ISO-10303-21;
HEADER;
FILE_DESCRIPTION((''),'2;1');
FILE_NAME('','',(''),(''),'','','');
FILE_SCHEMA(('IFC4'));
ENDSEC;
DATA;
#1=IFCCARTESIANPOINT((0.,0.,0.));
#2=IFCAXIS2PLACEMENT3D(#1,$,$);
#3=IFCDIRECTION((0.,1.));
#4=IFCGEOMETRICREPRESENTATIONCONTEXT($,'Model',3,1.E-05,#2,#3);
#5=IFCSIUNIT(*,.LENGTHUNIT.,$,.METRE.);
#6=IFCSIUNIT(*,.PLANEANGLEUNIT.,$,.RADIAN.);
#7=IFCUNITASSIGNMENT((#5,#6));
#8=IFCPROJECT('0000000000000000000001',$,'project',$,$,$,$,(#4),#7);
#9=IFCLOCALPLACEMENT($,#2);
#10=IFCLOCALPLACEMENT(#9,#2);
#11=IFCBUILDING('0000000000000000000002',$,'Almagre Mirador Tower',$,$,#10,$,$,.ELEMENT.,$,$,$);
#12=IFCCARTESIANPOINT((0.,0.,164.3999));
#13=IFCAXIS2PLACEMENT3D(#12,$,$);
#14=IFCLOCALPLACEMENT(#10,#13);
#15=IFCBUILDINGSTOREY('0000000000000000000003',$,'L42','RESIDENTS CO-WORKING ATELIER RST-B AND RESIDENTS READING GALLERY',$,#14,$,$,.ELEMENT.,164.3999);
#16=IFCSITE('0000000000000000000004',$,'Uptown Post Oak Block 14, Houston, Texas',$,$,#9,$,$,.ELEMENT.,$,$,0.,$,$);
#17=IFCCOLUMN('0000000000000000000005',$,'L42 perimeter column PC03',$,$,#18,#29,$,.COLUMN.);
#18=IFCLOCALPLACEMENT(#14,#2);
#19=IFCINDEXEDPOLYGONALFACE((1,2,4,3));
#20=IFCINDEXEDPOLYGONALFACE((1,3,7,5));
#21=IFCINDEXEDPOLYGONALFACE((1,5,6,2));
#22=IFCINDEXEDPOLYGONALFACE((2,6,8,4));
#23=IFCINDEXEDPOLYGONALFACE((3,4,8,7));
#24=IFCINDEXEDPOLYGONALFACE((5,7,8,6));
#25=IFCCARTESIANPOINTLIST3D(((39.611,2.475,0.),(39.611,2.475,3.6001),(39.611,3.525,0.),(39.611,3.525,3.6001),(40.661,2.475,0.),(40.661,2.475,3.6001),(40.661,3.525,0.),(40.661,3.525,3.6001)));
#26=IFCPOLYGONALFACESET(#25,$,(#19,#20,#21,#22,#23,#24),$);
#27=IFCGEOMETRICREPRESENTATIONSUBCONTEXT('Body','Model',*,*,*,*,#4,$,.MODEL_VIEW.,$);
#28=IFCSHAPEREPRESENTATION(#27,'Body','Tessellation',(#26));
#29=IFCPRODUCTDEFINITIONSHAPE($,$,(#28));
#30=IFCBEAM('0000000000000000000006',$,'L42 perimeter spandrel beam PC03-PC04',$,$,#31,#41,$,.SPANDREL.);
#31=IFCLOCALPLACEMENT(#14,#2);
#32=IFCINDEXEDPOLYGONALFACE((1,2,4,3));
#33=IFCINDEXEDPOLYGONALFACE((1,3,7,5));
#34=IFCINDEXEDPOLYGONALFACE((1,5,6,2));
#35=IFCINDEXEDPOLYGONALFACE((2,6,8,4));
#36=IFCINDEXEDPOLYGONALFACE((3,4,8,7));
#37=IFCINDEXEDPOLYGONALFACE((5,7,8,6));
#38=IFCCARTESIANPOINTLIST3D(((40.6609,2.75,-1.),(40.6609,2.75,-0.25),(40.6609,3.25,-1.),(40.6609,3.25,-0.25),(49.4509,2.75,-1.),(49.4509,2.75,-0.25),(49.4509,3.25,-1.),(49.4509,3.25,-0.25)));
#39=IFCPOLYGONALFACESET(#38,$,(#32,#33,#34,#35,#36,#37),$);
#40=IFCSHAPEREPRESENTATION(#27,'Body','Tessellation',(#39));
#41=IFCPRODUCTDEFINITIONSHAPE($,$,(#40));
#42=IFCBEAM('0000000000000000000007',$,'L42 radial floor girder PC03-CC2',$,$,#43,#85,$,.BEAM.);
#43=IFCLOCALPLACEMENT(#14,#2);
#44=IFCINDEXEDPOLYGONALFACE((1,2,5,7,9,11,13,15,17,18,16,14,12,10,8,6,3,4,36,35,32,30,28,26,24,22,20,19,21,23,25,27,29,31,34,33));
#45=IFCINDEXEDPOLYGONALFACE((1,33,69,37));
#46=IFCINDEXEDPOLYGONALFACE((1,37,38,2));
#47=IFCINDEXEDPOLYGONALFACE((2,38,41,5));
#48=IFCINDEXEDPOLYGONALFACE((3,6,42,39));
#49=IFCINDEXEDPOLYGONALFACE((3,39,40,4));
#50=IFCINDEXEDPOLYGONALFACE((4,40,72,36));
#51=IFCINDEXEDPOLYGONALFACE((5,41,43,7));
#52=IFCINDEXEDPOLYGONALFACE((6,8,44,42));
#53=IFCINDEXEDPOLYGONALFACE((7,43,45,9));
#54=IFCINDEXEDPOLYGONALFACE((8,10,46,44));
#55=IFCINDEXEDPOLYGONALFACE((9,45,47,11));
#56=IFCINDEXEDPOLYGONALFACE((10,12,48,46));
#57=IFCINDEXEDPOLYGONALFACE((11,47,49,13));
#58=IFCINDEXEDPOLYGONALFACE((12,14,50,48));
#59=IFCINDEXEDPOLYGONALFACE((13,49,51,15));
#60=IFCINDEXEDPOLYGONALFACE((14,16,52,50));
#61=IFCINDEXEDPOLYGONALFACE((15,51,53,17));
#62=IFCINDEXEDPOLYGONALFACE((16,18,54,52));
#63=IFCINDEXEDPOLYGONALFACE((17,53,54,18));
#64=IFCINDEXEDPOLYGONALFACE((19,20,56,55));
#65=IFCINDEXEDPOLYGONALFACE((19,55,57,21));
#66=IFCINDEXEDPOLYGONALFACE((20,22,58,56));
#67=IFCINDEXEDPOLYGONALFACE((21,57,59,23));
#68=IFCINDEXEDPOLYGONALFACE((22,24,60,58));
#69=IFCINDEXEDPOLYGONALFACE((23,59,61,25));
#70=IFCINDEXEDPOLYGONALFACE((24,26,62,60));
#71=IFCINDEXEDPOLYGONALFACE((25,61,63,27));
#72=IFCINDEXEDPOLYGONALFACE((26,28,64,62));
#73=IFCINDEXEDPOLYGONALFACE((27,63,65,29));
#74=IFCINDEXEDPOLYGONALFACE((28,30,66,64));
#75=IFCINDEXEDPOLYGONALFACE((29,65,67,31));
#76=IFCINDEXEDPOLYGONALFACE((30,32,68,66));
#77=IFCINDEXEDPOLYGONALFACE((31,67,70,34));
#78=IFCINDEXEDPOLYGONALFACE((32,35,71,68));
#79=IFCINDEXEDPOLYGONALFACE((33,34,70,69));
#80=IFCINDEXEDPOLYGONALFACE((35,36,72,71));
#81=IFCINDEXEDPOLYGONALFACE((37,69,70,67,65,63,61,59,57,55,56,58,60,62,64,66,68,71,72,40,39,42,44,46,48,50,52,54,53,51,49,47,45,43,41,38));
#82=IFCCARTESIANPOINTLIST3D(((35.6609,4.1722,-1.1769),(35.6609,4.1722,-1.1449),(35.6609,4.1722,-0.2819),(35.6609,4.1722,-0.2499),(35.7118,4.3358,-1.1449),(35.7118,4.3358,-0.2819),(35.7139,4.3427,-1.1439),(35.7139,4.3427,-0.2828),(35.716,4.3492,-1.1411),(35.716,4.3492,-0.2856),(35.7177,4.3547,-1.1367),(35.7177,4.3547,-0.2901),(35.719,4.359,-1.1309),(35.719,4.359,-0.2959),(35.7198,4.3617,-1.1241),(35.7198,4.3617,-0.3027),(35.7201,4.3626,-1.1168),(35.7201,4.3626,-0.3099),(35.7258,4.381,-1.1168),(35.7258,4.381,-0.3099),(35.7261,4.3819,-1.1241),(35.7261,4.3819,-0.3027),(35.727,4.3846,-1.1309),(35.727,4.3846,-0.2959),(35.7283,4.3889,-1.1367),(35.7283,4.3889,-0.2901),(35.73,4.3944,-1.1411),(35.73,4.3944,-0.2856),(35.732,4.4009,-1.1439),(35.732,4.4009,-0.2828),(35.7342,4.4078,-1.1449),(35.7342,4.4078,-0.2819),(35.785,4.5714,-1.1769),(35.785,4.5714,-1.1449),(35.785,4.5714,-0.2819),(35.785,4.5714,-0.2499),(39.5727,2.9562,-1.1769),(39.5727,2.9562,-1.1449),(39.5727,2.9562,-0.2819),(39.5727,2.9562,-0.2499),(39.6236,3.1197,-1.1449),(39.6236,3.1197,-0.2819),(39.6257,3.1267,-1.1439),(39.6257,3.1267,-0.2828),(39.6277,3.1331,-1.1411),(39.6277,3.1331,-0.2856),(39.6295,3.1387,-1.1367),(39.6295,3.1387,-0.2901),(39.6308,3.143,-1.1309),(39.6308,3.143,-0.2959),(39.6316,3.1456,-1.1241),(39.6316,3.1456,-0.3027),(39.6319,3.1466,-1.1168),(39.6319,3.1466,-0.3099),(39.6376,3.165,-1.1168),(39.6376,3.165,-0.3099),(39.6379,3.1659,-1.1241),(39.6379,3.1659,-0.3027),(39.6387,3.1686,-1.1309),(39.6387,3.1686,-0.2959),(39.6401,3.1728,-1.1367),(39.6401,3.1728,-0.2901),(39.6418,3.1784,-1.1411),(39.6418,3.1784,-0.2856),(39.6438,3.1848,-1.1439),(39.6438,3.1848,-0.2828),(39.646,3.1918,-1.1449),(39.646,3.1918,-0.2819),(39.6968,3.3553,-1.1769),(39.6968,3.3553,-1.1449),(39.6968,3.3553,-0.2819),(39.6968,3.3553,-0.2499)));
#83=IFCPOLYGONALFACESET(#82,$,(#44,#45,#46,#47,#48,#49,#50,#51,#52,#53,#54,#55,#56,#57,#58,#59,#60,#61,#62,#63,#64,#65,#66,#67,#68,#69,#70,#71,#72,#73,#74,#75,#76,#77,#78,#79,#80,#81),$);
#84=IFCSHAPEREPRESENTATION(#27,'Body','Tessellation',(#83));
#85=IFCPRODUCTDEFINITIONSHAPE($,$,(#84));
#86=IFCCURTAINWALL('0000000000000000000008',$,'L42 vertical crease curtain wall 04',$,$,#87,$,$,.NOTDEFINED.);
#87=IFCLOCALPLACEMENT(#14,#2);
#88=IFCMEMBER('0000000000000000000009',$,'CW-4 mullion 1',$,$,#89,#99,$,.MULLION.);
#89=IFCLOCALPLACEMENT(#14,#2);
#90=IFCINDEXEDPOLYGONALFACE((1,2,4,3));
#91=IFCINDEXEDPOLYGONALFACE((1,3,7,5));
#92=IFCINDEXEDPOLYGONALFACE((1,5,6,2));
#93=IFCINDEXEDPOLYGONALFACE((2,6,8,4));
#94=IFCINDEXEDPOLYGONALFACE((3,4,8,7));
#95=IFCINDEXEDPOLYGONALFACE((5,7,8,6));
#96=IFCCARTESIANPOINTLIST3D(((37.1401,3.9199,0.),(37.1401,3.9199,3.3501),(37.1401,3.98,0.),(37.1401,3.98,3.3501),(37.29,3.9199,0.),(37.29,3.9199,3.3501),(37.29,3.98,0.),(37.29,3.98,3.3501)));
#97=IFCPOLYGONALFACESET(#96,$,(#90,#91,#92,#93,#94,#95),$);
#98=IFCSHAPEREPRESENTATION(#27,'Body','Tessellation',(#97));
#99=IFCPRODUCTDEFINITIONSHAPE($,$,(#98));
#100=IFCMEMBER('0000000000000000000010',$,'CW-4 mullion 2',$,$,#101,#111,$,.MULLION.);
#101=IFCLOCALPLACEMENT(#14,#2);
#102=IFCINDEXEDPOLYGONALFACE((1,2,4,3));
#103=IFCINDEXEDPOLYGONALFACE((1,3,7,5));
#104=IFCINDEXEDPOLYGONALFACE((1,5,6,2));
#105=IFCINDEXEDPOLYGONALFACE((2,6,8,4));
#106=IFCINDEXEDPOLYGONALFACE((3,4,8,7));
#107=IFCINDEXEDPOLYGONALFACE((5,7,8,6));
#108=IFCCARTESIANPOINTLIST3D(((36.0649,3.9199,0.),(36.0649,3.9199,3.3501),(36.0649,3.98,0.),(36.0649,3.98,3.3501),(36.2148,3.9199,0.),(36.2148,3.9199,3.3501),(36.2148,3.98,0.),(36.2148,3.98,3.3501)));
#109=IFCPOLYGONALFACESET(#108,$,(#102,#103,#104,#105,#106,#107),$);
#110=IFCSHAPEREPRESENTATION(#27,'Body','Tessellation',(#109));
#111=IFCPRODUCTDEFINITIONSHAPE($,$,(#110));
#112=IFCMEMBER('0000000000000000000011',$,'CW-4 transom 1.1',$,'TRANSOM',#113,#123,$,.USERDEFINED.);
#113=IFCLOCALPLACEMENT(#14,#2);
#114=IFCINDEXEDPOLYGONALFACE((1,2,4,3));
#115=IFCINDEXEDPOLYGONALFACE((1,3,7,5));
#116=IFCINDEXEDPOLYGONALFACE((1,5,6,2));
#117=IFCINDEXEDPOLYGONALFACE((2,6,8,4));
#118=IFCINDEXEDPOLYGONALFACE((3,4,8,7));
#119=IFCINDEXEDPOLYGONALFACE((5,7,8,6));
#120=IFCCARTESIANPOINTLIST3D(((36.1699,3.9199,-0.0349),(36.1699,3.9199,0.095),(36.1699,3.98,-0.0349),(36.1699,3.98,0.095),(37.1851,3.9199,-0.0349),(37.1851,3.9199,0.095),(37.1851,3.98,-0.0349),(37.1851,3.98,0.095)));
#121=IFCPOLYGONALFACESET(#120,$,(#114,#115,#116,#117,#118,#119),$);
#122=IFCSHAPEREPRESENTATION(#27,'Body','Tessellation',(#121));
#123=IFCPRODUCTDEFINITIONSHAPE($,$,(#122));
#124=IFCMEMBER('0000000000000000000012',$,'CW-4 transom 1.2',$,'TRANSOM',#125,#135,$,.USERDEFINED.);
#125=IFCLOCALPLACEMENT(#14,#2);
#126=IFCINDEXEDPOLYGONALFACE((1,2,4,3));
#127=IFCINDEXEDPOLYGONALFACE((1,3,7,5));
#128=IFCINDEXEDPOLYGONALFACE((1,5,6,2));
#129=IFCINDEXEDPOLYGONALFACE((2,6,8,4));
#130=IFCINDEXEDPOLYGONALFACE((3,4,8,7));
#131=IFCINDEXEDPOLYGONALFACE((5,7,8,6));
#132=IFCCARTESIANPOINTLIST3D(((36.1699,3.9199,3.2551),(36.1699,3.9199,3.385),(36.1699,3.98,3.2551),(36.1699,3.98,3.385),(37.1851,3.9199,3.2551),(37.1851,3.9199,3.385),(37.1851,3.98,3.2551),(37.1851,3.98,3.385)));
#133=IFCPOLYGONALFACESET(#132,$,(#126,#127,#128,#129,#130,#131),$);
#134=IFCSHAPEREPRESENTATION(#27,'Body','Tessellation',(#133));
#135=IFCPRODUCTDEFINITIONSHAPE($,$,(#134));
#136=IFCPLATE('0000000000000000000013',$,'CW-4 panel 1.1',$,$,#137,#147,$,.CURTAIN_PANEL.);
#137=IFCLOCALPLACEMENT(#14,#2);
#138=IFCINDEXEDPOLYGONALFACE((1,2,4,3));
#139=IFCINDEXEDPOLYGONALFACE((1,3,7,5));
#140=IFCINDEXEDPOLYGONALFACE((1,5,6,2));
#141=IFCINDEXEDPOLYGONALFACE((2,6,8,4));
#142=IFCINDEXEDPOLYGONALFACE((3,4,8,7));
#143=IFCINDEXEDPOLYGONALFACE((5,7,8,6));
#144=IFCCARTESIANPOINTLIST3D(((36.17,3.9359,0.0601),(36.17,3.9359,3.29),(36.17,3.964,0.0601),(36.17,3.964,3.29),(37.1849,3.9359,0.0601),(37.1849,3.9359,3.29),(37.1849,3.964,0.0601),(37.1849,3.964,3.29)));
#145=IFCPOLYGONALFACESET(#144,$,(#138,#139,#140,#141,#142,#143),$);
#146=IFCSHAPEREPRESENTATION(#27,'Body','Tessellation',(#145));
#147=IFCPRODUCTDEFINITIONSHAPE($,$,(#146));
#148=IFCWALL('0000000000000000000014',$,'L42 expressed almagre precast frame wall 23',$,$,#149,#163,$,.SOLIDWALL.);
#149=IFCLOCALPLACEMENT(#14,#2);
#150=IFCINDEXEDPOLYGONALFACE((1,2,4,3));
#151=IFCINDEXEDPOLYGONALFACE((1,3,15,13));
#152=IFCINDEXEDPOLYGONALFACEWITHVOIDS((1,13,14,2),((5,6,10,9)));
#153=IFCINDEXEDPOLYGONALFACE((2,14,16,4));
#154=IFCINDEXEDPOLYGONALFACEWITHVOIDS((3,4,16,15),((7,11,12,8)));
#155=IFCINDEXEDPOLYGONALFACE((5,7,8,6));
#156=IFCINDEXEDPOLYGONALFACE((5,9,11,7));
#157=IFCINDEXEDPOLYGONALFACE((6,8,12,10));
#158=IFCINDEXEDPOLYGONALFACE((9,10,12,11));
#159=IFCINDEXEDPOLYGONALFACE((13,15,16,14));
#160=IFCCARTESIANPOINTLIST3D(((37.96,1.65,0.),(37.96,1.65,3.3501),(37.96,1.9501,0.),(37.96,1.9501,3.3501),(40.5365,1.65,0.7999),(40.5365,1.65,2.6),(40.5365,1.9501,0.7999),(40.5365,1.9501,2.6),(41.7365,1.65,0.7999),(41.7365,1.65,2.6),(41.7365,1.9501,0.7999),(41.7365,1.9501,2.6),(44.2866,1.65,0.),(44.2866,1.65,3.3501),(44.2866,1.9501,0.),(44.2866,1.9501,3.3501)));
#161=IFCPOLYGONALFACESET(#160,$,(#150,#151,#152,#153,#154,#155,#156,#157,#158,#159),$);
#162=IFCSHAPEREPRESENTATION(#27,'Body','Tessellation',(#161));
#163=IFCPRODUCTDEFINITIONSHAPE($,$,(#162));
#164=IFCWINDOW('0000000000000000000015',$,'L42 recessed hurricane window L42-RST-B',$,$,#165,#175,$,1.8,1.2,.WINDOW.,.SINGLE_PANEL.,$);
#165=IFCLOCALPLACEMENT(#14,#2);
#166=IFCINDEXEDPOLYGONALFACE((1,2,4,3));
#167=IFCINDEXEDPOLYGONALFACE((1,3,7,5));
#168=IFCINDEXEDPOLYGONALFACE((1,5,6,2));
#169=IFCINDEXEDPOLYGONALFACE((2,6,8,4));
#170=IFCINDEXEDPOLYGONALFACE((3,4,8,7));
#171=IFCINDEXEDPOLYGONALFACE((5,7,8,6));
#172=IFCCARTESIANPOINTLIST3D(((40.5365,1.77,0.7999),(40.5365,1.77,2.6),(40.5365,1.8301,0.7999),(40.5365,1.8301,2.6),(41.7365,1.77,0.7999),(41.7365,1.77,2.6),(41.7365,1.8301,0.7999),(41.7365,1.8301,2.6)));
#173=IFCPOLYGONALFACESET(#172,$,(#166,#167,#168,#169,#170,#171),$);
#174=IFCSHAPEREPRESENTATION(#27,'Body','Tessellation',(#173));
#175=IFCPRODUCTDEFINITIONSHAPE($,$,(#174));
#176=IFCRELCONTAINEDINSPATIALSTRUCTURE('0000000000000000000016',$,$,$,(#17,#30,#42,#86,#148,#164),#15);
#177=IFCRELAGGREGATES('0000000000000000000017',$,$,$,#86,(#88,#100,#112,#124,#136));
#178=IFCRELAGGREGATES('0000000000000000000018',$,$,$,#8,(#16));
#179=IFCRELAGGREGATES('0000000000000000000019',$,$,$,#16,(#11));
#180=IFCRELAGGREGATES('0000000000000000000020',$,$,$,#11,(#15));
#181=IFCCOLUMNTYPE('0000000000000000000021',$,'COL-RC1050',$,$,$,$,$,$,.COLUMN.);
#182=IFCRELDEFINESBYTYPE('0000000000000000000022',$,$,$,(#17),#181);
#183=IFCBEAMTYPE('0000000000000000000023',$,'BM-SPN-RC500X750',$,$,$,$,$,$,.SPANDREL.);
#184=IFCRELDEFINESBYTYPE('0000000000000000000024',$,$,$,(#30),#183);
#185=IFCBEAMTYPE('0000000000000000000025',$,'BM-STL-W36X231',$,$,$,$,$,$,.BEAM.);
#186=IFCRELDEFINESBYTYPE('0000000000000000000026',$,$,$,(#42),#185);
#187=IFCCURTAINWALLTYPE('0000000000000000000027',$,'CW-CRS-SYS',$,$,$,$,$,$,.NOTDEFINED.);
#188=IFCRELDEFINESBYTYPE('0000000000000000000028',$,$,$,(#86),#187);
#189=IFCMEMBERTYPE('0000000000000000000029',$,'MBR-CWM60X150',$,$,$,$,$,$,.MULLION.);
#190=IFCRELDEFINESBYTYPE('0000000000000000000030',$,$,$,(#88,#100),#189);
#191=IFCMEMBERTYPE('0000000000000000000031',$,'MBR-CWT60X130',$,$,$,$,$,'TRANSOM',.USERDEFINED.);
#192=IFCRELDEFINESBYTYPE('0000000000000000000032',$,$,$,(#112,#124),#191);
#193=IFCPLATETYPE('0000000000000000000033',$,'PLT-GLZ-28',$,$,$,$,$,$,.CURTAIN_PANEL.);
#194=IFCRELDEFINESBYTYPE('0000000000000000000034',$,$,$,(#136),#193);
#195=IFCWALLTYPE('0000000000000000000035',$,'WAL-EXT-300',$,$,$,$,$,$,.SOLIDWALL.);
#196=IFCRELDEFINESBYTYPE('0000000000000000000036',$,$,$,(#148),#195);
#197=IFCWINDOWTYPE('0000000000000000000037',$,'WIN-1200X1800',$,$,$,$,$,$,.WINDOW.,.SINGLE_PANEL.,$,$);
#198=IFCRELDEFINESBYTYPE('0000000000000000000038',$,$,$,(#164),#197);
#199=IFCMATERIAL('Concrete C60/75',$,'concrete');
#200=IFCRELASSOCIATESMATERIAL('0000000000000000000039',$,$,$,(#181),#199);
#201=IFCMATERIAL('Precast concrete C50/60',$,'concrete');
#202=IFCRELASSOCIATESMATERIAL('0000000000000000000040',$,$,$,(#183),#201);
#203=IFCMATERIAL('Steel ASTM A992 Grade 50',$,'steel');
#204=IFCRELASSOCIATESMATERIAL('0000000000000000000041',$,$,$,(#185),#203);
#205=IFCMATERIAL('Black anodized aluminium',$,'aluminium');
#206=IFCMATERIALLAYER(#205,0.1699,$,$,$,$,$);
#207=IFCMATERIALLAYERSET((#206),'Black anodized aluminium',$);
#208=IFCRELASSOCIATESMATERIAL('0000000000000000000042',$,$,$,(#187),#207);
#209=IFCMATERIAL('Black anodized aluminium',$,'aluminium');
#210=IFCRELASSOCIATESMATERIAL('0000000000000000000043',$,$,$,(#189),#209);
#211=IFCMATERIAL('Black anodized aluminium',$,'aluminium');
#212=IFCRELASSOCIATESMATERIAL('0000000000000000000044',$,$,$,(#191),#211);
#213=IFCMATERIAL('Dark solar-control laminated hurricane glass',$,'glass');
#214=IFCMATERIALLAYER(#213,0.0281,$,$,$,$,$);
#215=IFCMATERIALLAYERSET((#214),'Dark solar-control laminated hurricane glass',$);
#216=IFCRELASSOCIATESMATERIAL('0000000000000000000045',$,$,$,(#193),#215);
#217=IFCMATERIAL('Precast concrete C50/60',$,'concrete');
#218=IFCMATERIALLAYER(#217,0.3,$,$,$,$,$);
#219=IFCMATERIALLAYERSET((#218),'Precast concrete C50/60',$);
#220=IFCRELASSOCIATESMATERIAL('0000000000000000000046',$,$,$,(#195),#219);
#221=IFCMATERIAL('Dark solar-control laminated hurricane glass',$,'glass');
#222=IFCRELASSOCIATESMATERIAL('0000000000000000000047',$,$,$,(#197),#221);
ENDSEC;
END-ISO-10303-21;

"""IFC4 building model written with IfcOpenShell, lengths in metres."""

from ifc_helpers import new_model, si_unit, direction, frame, frame_2d, origin, origin_2d, place, context, subcontext, project, spatial, rectangle, i_section, extrude, material, layer, layer_set, material_profile, profile_set, type_object, element, fill, aggregate, save


model = new_model("IFC4")

# Units and contexts
model_context = context("Model", 3, precision=1e-05, world=origin(), true_north=direction((0.0, 1.0)))
body_context = subcontext(model_context, "Body", "Model", "MODEL_VIEW")
ifc_project = project(units=[si_unit("LENGTHUNIT", "METRE"), si_unit("PLANEANGLEUNIT", "RADIAN")], contexts=[model_context])

# Site, building, storey
site_placement = place(None, origin())
site = spatial("IfcSite", under=ifc_project, at=site_placement, Name="Uptown Post Oak Block 14, Houston, Texas", CompositionType="ELEMENT", RefElevation=0.0)
building_placement = place(site_placement, origin())
building = spatial("IfcBuilding", under=site, at=building_placement, Name="Almagre Mirador Tower", CompositionType="ELEMENT")
storey_placement = place(building_placement, frame((0.0, 0.0, 164.3999)))
storey = spatial("IfcBuildingStorey", under=building, at=storey_placement, Name="L42", Description="RESIDENTS CO-WORKING ATELIER RST-B AND RESIDENTS READING GALLERY", CompositionType="ELEMENT", Elevation=164.3999)

# Column
ifc_material_1 = material(Name="Concrete C60/75", Category="concrete")
ifc_material_profile_1 = material_profile(ifc_material_1, rectangle(XDim=1.05, YDim=1.05, at=origin_2d()), Name="RC1050X1050")
ifc_profile_set_1 = profile_set([ifc_material_profile_1], Name="Concrete C60/75")
column_type = type_object("IfcColumnType", Name="COL-RC1050", PredefinedType="COLUMN", material=ifc_profile_set_1)
column_placement = place(storey_placement, frame((40.136, 3.0, 0.0), z_axis=(0.0, 0.0, 1.0), x_axis=(1.0, 0.0, 0.0)))
element("IfcColumn", 1, at=column_placement, inside=storey, type_object=column_type, Name="L42 perimeter column PC03", PredefinedType="COLUMN", context=body_context, shape_type="SweptSolid", body=[
    extrude(rectangle(XDim=1.05, YDim=1.05, at=origin_2d()), origin(), (0.0, 0.0, 1.0), 3.6001),
])

# Beams
ifc_material_2 = material(Name="Precast concrete C50/60", Category="concrete")
ifc_material_profile_2 = material_profile(ifc_material_2, rectangle(XDim=0.5, YDim=0.75, at=origin_2d()), Name="RC500X750")
ifc_profile_set_2 = profile_set([ifc_material_profile_2], Name="Precast concrete C50/60")
beam_type_1 = type_object("IfcBeamType", Name="BM-SPN-RC500X750", PredefinedType="SPANDREL", material=ifc_profile_set_2)
beam_1_placement = place(storey_placement, frame((40.6609, 3.0, -0.625), z_axis=(1.0, 0.0, 0.0), x_axis=(0.0, 1.0, 0.0)))
element("IfcBeam", 2, at=beam_1_placement, inside=storey, type_object=beam_type_1, Name="L42 perimeter spandrel beam PC03-PC04", PredefinedType="SPANDREL", context=body_context, shape_type="SweptSolid", body=[
    extrude(rectangle(XDim=0.5, YDim=0.75, at=origin_2d()), origin(), (0.0, 0.0, 1.0), 8.79),
])
ifc_material_3 = material(Name="Steel ASTM A992 Grade 50", Category="steel")
ifc_material_profile_3 = material_profile(ifc_material_3, i_section(OverallWidth=0.418, OverallDepth=0.927, WebThickness=0.0193, FlangeThickness=0.032, FilletRadius=0.0281, at=origin_2d()), Name="W36X231")
ifc_profile_set_3 = profile_set([ifc_material_profile_3], Name="Steel ASTM A992 Grade 50")
beam_type_2 = type_object("IfcBeamType", Name="BM-STL-W36X231", PredefinedType="BEAM", material=ifc_profile_set_3)
beam_2_placement = place(storey_placement, frame((39.6348, 3.1558, -0.7134), z_axis=(-0.954923, 0.296853, 0.0), x_axis=(-0.296853, -0.954923, 0.0)))
element("IfcBeam", 3, at=beam_2_placement, inside=storey, type_object=beam_type_2, Name="L42 radial floor girder PC03-CC2", PredefinedType="BEAM", context=body_context, shape_type="SweptSolid", body=[
    extrude(i_section(OverallWidth=0.418, OverallDepth=0.927, WebThickness=0.0193, FlangeThickness=0.032, FilletRadius=0.0281, at=origin_2d()), origin(), (0.0, 0.0, 1.0), 4.0964),
])

# Curtain wall, members, plate
ifc_material_4 = material(Name="Black anodized aluminium", Category="aluminium")
ifc_layer_1 = layer(ifc_material_4, 0.1699)
ifc_layer_set_1 = layer_set([ifc_layer_1], Name="Black anodized aluminium")
curtain_wall_type = type_object("IfcCurtainWallType", Name="CW-CRS-SYS", PredefinedType="NOTDEFINED", material=ifc_layer_set_1)
curtain_wall_placement = place(storey_placement, origin())
curtain_wall = element("IfcCurtainWall", 4, at=curtain_wall_placement, inside=storey, type_object=curtain_wall_type, Name="L42 vertical crease curtain wall 04", PredefinedType="NOTDEFINED")
ifc_material_5 = material(Name="Black anodized aluminium", Category="aluminium")
ifc_material_profile_4 = material_profile(ifc_material_5, rectangle(XDim=0.0601, YDim=0.1499, at=origin_2d()), Name="CWM60X150")
ifc_profile_set_4 = profile_set([ifc_material_profile_4], Name="Black anodized aluminium")
member_type_1 = type_object("IfcMemberType", Name="MBR-CWM60X150", PredefinedType="MULLION", material=ifc_profile_set_4)
member_1_placement = place(storey_placement, frame((37.2151, 3.95, 0.0), z_axis=(0.0, 0.0, 1.0), x_axis=(0.0, -1.0, 0.0)))
member_1 = element("IfcMember", 5, at=member_1_placement, type_object=member_type_1, Name="CW-4 mullion 1", PredefinedType="MULLION", context=body_context, shape_type="SweptSolid", body=[
    extrude(rectangle(XDim=0.0601, YDim=0.1499, at=origin_2d()), origin(), (0.0, 0.0, 1.0), 3.3501),
])
member_2_placement = place(storey_placement, frame((36.1399, 3.95, 0.0), z_axis=(0.0, 0.0, 1.0), x_axis=(0.0, -1.0, 0.0)))
member_2 = element("IfcMember", 6, at=member_2_placement, type_object=member_type_1, Name="CW-4 mullion 2", PredefinedType="MULLION", context=body_context, shape_type="SweptSolid", body=[
    extrude(rectangle(XDim=0.0601, YDim=0.1499, at=origin_2d()), origin(), (0.0, 0.0, 1.0), 3.3501),
])
ifc_material_6 = material(Name="Black anodized aluminium", Category="aluminium")
ifc_material_profile_5 = material_profile(ifc_material_6, rectangle(XDim=0.0601, YDim=0.1299, at=origin_2d()), Name="CWT60X130")
ifc_profile_set_5 = profile_set([ifc_material_profile_5], Name="Black anodized aluminium")
member_type_2 = type_object("IfcMemberType", Name="MBR-CWT60X130", ElementType="TRANSOM", PredefinedType="USERDEFINED", material=ifc_profile_set_5)
member_3_placement = place(storey_placement, frame((37.1851, 3.95, 0.03), z_axis=(-1.0, 0.0, 0.0), x_axis=(0.0, -1.0, 0.0)))
member_3 = element("IfcMember", 7, at=member_3_placement, type_object=member_type_2, Name="CW-4 transom 1.1", ObjectType="TRANSOM", PredefinedType="USERDEFINED", context=body_context, shape_type="SweptSolid", body=[
    extrude(rectangle(XDim=0.0601, YDim=0.1299, at=origin_2d()), origin(), (0.0, 0.0, 1.0), 1.0151),
])
member_4_placement = place(storey_placement, frame((37.1851, 3.95, 3.3201), z_axis=(-1.0, 0.0, 0.0), x_axis=(0.0, -1.0, 0.0)))
member_4 = element("IfcMember", 8, at=member_4_placement, type_object=member_type_2, Name="CW-4 transom 1.2", ObjectType="TRANSOM", PredefinedType="USERDEFINED", context=body_context, shape_type="SweptSolid", body=[
    extrude(rectangle(XDim=0.0601, YDim=0.1299, at=origin_2d()), origin(), (0.0, 0.0, 1.0), 1.0151),
])
ifc_material_7 = material(Name="Dark solar-control laminated hurricane glass", Category="glass")
ifc_layer_2 = layer(ifc_material_7, 0.0281)
ifc_layer_set_2 = layer_set([ifc_layer_2], Name="Dark solar-control laminated hurricane glass")
plate_type = type_object("IfcPlateType", Name="PLT-GLZ-28", PredefinedType="CURTAIN_PANEL", material=ifc_layer_set_2)
plate_placement = place(storey_placement, frame((36.6775, 3.95, 0.0601), z_axis=(0.0, 0.0, 1.0), x_axis=(-1.0, 0.0, 0.0)))
plate = element("IfcPlate", 9, at=plate_placement, type_object=plate_type, Name="CW-4 panel 1.1", PredefinedType="CURTAIN_PANEL", context=body_context, shape_type="SweptSolid", body=[
    extrude(rectangle(XDim=1.0149, YDim=0.0281, at=origin_2d()), origin(), (0.0, 0.0, 1.0), 3.23),
])
aggregate(curtain_wall, [member_1, member_2, member_3, member_4, plate])

# Wall, opening, window
ifc_material_8 = material(Name="Precast concrete C50/60", Category="concrete")
ifc_layer_3 = layer(ifc_material_8, 0.3)
ifc_layer_set_3 = layer_set([ifc_layer_3], Name="Precast concrete C50/60")
wall_type_1 = type_object("IfcWallType", Name="WAL-EXT-300", PredefinedType="SOLIDWALL", material=ifc_layer_set_3)
wall_1_placement = place(storey_placement, frame((44.2866, 1.8, 0.0), z_axis=(0.0, 0.0, 1.0), x_axis=(-1.0, 0.0, 0.0)))
wall_1 = element("IfcWall", 10, at=wall_1_placement, inside=storey, type_object=wall_type_1, Name="L42 expressed almagre precast frame wall 23", PredefinedType="SOLIDWALL", context=body_context, shape_type="SweptSolid", body=[
    extrude(rectangle(XDim=6.3267, YDim=0.3, at=frame_2d((3.1633, 0.0))), origin(), (0.0, 0.0, 1.0), 3.3501),
])
opening_1_placement = place(wall_1_placement, frame((2.55, 0.0, 0.8)))
opening_1 = element("IfcOpeningElement", 11, at=opening_1_placement, cuts=wall_1, PredefinedType="OPENING", context=body_context, shape_type="SweptSolid", body=[
    extrude(rectangle(XDim=1.2, YDim=1.8, at=frame_2d((0.6001, 0.8999))), frame((0.0, 0.1599, 0.0), z_axis=(0.0, -1.0, 0.0), x_axis=(1.0, 0.0, 0.0)), (0.0, 0.0, 1.0), 0.32),
])
ifc_material_9 = material(Name="Dark solar-control laminated hurricane glass", Category="glass")
window_type = type_object("IfcWindowType", Name="WIN-1200X1800", PartitioningType="SINGLE_PANEL", PredefinedType="WINDOW", material=ifc_material_9)
window_placement = place(opening_1_placement, origin())
window = element("IfcWindow", 12, at=window_placement, inside=storey, type_object=window_type, Name="L42 recessed hurricane window L42-RST-B", OverallHeight=1.8, OverallWidth=1.2, PartitioningType="SINGLE_PANEL", PredefinedType="WINDOW", context=body_context, shape_type="SweptSolid", body=[
    extrude(rectangle(XDim=1.2, YDim=1.8, at=frame_2d((0.6001, 0.8999))), frame((0.0, 0.03, 0.0), z_axis=(0.0, -1.0, 0.0), x_axis=(1.0, 0.0, 0.0)), (0.0, 0.0, 1.0), 0.0601),
])
fill(opening_1, window)

save(model, "model.ifc")
